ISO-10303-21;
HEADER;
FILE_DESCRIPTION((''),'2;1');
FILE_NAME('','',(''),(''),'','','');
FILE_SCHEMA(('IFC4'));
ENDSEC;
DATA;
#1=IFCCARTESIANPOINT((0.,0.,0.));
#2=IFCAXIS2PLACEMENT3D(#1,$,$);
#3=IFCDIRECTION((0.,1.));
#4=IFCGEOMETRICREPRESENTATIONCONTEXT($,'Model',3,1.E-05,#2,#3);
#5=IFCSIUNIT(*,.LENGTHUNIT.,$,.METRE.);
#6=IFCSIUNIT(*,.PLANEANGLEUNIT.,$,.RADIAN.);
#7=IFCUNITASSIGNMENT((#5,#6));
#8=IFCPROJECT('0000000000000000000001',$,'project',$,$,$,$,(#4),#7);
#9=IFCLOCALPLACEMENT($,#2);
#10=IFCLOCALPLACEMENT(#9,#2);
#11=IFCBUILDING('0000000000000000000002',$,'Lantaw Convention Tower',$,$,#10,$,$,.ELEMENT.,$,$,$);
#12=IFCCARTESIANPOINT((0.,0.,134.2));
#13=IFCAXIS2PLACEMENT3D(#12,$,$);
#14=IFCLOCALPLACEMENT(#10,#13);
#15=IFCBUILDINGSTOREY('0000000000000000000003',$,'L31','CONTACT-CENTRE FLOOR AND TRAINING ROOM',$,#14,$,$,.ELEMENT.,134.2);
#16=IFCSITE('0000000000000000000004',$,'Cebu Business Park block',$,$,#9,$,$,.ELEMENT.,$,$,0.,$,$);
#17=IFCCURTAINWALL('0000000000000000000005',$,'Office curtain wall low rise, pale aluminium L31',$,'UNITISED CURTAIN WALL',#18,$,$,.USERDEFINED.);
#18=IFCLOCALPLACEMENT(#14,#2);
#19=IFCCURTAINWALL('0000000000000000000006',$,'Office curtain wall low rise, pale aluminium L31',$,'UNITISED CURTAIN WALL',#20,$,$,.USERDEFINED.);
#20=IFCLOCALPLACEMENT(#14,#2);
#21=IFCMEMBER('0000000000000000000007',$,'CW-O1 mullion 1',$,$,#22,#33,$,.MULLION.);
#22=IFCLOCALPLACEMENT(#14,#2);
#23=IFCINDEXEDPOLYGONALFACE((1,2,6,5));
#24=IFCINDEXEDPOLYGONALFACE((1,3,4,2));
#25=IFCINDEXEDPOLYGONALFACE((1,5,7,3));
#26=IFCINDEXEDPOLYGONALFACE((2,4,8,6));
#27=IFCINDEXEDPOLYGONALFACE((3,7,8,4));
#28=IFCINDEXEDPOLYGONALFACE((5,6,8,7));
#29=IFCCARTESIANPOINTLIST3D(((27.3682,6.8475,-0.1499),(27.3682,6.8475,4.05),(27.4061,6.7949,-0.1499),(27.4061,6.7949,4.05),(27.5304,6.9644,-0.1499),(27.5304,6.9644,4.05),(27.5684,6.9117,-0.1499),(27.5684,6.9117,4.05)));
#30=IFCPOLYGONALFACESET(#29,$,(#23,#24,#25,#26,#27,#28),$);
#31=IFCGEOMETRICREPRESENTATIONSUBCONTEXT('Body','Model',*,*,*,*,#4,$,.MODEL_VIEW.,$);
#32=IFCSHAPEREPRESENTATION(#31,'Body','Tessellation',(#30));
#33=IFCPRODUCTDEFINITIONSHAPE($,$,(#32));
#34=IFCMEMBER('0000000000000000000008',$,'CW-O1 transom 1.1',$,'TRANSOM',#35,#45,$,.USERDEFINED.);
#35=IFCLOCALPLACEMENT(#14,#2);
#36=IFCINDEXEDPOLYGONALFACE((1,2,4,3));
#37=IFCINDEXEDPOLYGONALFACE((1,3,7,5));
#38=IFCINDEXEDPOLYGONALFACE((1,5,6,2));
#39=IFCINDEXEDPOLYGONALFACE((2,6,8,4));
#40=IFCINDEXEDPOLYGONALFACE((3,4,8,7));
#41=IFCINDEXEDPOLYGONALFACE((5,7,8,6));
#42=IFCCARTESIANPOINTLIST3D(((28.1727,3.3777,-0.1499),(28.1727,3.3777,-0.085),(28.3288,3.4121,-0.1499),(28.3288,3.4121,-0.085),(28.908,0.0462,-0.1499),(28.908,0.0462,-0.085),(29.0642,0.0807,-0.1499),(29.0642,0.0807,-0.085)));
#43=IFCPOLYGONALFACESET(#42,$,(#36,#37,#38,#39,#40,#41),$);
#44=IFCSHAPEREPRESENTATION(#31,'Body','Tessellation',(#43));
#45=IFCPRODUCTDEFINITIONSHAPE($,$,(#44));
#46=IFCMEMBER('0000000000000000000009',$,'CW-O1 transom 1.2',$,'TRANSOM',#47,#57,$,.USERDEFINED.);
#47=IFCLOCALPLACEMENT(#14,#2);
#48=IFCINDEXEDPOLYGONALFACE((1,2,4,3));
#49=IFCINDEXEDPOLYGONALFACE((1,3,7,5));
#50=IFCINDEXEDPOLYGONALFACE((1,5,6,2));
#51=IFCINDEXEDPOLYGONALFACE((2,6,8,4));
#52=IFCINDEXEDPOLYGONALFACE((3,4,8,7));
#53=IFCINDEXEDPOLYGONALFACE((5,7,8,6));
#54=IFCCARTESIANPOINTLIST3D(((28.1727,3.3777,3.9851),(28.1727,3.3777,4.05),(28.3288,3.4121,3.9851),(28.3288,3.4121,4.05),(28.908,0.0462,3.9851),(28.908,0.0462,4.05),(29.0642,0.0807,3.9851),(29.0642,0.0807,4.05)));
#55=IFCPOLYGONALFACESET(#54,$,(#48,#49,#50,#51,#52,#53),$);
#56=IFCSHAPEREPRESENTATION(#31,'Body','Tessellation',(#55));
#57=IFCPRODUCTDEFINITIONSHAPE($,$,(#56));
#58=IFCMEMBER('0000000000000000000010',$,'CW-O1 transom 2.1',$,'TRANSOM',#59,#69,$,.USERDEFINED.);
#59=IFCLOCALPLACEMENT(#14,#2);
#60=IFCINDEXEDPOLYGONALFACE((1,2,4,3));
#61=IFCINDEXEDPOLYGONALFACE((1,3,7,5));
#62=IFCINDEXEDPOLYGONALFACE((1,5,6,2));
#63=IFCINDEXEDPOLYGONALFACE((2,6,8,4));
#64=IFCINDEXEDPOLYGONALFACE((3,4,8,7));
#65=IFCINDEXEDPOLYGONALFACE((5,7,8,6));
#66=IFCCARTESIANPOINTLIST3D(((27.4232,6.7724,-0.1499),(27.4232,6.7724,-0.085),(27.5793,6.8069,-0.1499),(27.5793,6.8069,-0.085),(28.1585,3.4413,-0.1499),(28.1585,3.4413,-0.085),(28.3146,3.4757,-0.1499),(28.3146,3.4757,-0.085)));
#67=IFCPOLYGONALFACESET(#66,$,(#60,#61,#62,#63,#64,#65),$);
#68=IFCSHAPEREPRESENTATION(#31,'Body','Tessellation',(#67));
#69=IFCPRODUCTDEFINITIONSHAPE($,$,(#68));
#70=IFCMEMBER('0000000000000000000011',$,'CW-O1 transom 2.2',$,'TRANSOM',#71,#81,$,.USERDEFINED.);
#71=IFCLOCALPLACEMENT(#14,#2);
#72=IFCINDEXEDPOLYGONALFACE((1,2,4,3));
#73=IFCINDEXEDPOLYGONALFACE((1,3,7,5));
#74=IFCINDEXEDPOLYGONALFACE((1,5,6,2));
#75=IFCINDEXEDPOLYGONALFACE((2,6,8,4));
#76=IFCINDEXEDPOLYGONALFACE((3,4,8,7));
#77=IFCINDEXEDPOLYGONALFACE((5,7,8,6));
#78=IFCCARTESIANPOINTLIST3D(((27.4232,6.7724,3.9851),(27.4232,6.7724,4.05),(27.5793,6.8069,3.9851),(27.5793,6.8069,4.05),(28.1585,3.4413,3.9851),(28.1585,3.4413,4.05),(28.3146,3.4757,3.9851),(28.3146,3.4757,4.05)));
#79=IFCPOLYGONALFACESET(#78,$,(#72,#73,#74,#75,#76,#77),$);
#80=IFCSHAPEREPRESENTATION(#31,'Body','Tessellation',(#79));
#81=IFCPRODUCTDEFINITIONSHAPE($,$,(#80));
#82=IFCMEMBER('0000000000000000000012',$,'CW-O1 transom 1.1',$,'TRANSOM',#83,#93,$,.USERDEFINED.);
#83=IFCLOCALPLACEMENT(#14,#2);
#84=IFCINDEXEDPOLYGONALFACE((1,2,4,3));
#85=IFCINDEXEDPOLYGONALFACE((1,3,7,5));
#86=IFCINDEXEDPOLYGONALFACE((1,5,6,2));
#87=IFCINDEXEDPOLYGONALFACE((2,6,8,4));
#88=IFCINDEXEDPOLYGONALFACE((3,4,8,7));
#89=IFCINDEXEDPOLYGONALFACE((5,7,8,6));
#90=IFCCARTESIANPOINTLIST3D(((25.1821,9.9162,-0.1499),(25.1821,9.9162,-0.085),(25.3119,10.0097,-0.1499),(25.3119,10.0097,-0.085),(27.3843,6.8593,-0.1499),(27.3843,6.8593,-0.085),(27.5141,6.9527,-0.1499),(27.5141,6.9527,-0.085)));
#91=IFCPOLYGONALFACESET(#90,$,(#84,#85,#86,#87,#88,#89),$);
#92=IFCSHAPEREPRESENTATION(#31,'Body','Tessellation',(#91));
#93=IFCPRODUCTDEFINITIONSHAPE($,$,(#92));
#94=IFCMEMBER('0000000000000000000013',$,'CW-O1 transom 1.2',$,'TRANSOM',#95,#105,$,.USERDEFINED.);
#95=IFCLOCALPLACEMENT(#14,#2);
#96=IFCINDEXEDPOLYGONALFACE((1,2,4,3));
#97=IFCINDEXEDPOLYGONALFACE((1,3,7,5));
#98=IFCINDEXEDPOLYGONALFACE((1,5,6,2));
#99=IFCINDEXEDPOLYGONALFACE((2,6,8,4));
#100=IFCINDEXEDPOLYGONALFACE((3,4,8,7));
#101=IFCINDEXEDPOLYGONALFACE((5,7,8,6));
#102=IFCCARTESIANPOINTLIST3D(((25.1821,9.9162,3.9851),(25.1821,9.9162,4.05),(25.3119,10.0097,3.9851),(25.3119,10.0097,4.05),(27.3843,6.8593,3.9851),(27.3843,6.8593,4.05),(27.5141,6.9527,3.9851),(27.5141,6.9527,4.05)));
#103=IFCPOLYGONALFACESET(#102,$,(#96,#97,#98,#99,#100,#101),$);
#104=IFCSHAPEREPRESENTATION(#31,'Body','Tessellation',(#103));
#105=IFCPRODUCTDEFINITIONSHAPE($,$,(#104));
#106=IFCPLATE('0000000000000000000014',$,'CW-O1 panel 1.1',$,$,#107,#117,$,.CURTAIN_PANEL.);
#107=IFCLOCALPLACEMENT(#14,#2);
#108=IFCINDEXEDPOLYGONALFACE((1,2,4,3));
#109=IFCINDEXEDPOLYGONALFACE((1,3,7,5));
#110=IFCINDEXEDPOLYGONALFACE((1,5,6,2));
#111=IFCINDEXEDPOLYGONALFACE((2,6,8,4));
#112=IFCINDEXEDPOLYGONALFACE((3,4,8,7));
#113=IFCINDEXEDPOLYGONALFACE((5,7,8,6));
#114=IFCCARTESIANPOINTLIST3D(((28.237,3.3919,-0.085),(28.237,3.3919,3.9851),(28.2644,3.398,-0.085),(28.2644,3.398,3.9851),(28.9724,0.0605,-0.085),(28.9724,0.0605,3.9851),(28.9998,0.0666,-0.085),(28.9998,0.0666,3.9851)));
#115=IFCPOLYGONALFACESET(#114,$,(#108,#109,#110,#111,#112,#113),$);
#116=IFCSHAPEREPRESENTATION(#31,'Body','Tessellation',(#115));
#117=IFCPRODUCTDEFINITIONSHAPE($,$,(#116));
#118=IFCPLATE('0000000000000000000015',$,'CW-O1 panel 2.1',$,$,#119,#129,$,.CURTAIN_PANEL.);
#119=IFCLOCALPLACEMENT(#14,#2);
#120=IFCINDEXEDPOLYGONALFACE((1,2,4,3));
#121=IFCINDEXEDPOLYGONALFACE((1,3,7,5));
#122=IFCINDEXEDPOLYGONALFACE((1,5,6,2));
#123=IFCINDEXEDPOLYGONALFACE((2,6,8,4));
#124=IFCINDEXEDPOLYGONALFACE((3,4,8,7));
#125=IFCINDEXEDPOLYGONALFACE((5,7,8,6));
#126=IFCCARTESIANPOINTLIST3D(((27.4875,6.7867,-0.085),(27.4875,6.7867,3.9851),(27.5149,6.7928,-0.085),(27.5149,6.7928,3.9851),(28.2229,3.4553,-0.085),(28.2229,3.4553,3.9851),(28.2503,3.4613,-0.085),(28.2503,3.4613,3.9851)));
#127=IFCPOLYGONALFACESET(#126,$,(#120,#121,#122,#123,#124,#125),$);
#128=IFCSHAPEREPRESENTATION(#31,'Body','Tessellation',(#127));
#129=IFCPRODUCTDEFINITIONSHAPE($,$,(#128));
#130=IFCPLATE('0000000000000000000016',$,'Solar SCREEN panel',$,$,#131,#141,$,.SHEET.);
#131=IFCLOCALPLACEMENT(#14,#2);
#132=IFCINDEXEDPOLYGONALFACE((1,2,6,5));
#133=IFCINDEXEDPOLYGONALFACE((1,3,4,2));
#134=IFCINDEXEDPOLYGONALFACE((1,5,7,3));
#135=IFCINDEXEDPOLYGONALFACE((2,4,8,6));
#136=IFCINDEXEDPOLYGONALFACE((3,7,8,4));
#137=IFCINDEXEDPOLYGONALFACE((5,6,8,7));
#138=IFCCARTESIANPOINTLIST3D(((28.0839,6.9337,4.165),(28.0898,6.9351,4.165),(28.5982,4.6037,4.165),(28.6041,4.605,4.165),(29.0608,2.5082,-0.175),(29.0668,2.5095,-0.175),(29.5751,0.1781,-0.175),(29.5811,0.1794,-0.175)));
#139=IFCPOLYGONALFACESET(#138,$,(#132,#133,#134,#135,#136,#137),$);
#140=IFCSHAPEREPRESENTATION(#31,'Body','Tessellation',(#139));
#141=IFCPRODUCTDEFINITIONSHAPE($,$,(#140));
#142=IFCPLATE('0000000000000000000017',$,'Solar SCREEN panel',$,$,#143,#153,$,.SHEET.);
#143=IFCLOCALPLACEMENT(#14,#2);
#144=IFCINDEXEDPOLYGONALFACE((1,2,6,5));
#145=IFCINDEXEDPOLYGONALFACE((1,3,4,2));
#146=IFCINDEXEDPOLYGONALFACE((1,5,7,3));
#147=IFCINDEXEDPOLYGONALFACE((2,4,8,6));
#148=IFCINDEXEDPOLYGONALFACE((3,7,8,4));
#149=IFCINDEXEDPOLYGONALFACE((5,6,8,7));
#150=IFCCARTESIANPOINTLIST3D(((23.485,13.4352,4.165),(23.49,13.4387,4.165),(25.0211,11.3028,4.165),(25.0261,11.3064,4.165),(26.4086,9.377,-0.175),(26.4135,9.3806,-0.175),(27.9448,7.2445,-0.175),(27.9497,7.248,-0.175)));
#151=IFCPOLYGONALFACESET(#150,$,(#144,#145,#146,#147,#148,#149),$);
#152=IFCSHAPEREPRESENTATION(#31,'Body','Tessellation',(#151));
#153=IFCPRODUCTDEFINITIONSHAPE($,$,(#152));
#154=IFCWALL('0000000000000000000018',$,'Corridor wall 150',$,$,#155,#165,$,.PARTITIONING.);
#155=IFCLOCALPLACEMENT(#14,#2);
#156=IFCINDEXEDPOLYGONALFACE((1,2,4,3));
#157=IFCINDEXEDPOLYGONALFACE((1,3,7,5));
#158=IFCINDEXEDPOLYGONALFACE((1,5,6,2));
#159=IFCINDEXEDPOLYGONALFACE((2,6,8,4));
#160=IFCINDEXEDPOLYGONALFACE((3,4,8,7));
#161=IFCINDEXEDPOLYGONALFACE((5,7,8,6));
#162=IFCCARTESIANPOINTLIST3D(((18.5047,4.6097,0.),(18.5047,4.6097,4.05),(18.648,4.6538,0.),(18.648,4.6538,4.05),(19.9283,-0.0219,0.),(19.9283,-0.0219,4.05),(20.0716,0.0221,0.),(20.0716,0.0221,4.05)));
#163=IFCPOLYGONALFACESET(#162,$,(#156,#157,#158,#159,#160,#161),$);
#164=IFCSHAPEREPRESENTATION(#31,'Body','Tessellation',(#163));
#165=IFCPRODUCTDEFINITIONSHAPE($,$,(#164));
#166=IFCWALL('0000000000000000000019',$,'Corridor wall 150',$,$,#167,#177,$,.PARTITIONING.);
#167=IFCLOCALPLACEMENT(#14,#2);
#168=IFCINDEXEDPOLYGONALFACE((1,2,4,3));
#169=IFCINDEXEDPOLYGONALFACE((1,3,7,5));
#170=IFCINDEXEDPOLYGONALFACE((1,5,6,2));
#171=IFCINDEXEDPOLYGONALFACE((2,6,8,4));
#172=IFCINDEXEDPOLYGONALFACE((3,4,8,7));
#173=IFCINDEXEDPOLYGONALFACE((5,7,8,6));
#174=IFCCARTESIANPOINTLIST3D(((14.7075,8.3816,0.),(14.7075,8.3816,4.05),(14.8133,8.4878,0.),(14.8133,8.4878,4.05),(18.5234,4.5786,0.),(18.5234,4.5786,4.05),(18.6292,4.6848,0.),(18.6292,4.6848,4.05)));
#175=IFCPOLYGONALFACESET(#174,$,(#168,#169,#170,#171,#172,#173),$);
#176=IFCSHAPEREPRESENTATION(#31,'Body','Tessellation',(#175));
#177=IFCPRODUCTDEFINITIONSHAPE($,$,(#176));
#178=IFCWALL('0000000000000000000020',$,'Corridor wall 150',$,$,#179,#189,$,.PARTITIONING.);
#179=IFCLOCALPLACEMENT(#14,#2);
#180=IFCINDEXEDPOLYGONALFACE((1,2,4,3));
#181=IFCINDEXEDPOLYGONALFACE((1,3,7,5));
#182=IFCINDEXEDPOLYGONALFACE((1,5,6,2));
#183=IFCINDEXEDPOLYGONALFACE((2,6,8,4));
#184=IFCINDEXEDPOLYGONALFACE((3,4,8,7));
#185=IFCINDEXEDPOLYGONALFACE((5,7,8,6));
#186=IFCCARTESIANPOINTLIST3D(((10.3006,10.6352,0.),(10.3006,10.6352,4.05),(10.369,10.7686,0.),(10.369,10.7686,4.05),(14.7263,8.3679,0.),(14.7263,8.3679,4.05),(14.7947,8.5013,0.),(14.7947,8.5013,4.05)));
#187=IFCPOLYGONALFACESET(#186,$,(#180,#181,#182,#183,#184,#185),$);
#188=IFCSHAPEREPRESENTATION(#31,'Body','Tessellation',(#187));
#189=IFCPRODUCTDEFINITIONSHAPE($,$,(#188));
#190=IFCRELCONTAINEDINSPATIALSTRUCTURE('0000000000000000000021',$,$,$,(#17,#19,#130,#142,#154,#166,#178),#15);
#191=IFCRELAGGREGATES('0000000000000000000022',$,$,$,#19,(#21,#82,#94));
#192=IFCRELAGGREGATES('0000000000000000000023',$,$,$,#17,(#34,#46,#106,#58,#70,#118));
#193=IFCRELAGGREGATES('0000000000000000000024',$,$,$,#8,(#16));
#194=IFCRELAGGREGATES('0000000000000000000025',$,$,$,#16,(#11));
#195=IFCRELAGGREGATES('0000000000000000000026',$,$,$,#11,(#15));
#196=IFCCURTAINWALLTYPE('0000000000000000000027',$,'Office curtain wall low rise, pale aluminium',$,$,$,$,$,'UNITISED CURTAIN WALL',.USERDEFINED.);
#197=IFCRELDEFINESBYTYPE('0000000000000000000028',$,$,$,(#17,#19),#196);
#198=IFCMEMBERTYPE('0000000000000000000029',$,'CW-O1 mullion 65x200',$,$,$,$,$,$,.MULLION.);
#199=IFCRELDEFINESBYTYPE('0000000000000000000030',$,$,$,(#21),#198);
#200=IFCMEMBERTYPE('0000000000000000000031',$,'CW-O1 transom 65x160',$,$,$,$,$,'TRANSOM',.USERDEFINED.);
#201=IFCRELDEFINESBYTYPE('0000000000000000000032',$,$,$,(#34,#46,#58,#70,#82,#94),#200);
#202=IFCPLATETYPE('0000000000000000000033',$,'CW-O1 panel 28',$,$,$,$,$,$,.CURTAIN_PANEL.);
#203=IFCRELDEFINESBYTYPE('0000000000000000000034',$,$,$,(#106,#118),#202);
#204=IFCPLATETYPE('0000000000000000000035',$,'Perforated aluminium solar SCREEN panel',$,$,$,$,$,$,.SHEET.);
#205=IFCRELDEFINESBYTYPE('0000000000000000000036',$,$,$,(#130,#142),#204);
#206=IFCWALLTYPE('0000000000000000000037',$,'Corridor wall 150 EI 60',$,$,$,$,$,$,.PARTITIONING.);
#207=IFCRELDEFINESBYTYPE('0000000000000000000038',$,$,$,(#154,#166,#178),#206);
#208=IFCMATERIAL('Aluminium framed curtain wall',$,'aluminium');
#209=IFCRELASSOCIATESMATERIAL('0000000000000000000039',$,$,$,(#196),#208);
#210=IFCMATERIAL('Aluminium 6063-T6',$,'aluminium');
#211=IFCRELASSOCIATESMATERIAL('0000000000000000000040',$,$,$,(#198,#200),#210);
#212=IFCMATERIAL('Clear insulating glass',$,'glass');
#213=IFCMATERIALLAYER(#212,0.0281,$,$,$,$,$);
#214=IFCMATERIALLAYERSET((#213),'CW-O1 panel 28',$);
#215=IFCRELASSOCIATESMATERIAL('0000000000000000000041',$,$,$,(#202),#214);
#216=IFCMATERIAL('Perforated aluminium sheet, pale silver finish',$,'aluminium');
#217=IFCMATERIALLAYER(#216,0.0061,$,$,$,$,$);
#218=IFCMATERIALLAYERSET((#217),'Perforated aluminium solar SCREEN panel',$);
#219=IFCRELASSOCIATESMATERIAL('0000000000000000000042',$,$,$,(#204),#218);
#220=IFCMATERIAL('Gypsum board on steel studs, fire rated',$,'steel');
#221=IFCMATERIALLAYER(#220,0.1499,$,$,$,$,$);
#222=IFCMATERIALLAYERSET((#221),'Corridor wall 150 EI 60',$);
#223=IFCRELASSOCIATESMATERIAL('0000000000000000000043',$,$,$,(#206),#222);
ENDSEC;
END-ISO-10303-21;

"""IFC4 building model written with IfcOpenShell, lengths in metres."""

from ifc_helpers import new_model, si_unit, direction, frame, frame_2d, origin, origin_2d, place, context, subcontext, project, spatial, polyline, rectangle, outline, extrude, material, layer, layer_set, material_profile, profile_set, type_object, element, aggregate, save


model = new_model("IFC4")

# Units and contexts
model_context = context("Model", 3, precision=1e-05, world=origin(), true_north=direction((0.0, 1.0)))
body_context = subcontext(model_context, "Body", "Model", "MODEL_VIEW")
ifc_project = project(units=[si_unit("LENGTHUNIT", "METRE"), si_unit("PLANEANGLEUNIT", "RADIAN")], contexts=[model_context])

# Site, building, storey
site_placement = place(None, origin())
site = spatial("IfcSite", under=ifc_project, at=site_placement, Name="Cebu Business Park block", CompositionType="ELEMENT", RefElevation=0.0)
building_placement = place(site_placement, origin())
building = spatial("IfcBuilding", under=site, at=building_placement, Name="Lantaw Convention Tower", CompositionType="ELEMENT")
storey_placement = place(building_placement, frame((0.0, 0.0, 134.2)))
storey = spatial("IfcBuildingStorey", under=building, at=storey_placement, Name="L31", Description="CONTACT-CENTRE FLOOR AND TRAINING ROOM", CompositionType="ELEMENT", Elevation=134.2)

# Curtain wall
ifc_material_1 = material(Name="Aluminium framed curtain wall", Category="aluminium")
curtain_wall_type = type_object("IfcCurtainWallType", Name="Office curtain wall low rise, pale aluminium", ElementType="UNITISED CURTAIN WALL", PredefinedType="USERDEFINED", material=ifc_material_1)
curtain_wall_1_placement = place(storey_placement, origin())
curtain_wall_1 = element("IfcCurtainWall", 1, at=curtain_wall_1_placement, inside=storey, type_object=curtain_wall_type, Name="Office curtain wall low rise, pale aluminium L31", ObjectType="UNITISED CURTAIN WALL", PredefinedType="USERDEFINED")
ifc_material_2 = material(Name="Aluminium 6063-T6", Category="aluminium")
ifc_material_profile_1 = material_profile(ifc_material_2, rectangle(XDim=0.2, YDim=0.0649, at=origin_2d()), Name="CW-O1 mullion 65x200")
ifc_profile_set_1 = profile_set([ifc_material_profile_1], Name="Aluminium 6063-T6")
member_type_1 = type_object("IfcMemberType", Name="CW-O1 mullion 65x200", PredefinedType="MULLION", material=ifc_profile_set_1)

# Curtain wall, member
curtain_wall_2_placement = place(storey_placement, origin())
curtain_wall_2 = element("IfcCurtainWall", 2, at=curtain_wall_2_placement, inside=storey, type_object=curtain_wall_type, Name="Office curtain wall low rise, pale aluminium L31", ObjectType="UNITISED CURTAIN WALL", PredefinedType="USERDEFINED")
member_1_placement = place(storey_placement, frame((27.4683, 6.8796, -0.1499), z_axis=(0.0, 0.0, 1.0), x_axis=(-0.811385, -0.584513, 0.0)))
member_1 = element("IfcMember", 3, at=member_1_placement, type_object=member_type_1, Name="CW-O1 mullion 1", PredefinedType="MULLION", context=body_context, shape_type="SweptSolid", body=[
    extrude(rectangle(XDim=0.2, YDim=0.0649, at=origin_2d()), origin(), (0.0, 0.0, 1.0), 4.2),
])

# Members
ifc_material_profile_2 = material_profile(ifc_material_2, rectangle(XDim=0.1599, YDim=0.0649, at=origin_2d()), Name="CW-O1 transom 65x160")
ifc_profile_set_2 = profile_set([ifc_material_profile_2], Name="Aluminium 6063-T6")
member_type_2 = type_object("IfcMemberType", Name="CW-O1 transom 65x160", ElementType="TRANSOM", PredefinedType="USERDEFINED", material=ifc_profile_set_2)
member_2_placement = place(storey_placement, frame((28.9861, 0.0635, -0.1174), z_axis=(-0.215536, 0.976496, 0.0), x_axis=(-0.976496, -0.215536, 0.0)))
member_2 = element("IfcMember", 4, at=member_2_placement, type_object=member_type_2, Name="CW-O1 transom 1.1", ObjectType="TRANSOM", PredefinedType="USERDEFINED", context=body_context, shape_type="SweptSolid", body=[
    extrude(rectangle(XDim=0.1599, YDim=0.0649, at=origin_2d()), origin(), (0.0, 0.0, 1.0), 3.4116),
])
member_3_placement = place(storey_placement, frame((28.9861, 0.0635, 4.0176), z_axis=(-0.215536, 0.976496, 0.0), x_axis=(-0.976496, -0.215536, 0.0)))
member_3 = element("IfcMember", 5, at=member_3_placement, type_object=member_type_2, Name="CW-O1 transom 1.2", ObjectType="TRANSOM", PredefinedType="USERDEFINED", context=body_context, shape_type="SweptSolid", body=[
    extrude(rectangle(XDim=0.1599, YDim=0.0649, at=origin_2d()), origin(), (0.0, 0.0, 1.0), 3.4116),
])
member_4_placement = place(storey_placement, frame((28.2366, 3.4585, -0.1174), z_axis=(-0.215551, 0.976493, 0.0), x_axis=(-0.976493, -0.215551, 0.0)))
member_4 = element("IfcMember", 6, at=member_4_placement, type_object=member_type_2, Name="CW-O1 transom 2.1", ObjectType="TRANSOM", PredefinedType="USERDEFINED", context=body_context, shape_type="SweptSolid", body=[
    extrude(rectangle(XDim=0.1599, YDim=0.0649, at=origin_2d()), origin(), (0.0, 0.0, 1.0), 3.4114),
])
member_5_placement = place(storey_placement, frame((28.2366, 3.4585, 4.0176), z_axis=(-0.215551, 0.976493, 0.0), x_axis=(-0.976493, -0.215551, 0.0)))
member_5 = element("IfcMember", 7, at=member_5_placement, type_object=member_type_2, Name="CW-O1 transom 2.2", ObjectType="TRANSOM", PredefinedType="USERDEFINED", context=body_context, shape_type="SweptSolid", body=[
    extrude(rectangle(XDim=0.1599, YDim=0.0649, at=origin_2d()), origin(), (0.0, 0.0, 1.0), 3.4114),
])
member_6_placement = place(storey_placement, frame((27.4492, 6.906, -0.1174), z_axis=(-0.584513, 0.811384, 0.0), x_axis=(-0.811384, -0.584513, 0.0)))
member_6 = element("IfcMember", 8, at=member_6_placement, type_object=member_type_2, Name="CW-O1 transom 1.1", ObjectType="TRANSOM", PredefinedType="USERDEFINED", context=body_context, shape_type="SweptSolid", body=[
    extrude(rectangle(XDim=0.1599, YDim=0.0649, at=origin_2d()), origin(), (0.0, 0.0, 1.0), 3.7676),
])
member_7_placement = place(storey_placement, frame((27.4492, 6.906, 4.0176), z_axis=(-0.584513, 0.811384, 0.0), x_axis=(-0.811384, -0.584513, 0.0)))
member_7 = element("IfcMember", 9, at=member_7_placement, type_object=member_type_2, Name="CW-O1 transom 1.2", ObjectType="TRANSOM", PredefinedType="USERDEFINED", context=body_context, shape_type="SweptSolid", body=[
    extrude(rectangle(XDim=0.1599, YDim=0.0649, at=origin_2d()), origin(), (0.0, 0.0, 1.0), 3.7676),
])
aggregate(curtain_wall_2, [member_1, member_6, member_7])

# Plates
ifc_material_3 = material(Name="Clear insulating glass", Category="glass")
ifc_layer_1 = layer(ifc_material_3, 0.0281)
ifc_layer_set_1 = layer_set([ifc_layer_1], Name="CW-O1 panel 28")
plate_type_1 = type_object("IfcPlateType", Name="CW-O1 panel 28", PredefinedType="CURTAIN_PANEL", material=ifc_layer_set_1)
plate_1_placement = place(storey_placement, frame((28.6184, 1.7292, -0.085), z_axis=(0.0, 0.0, 1.0), x_axis=(-0.215546, 0.976494, 0.0)))
plate_1 = element("IfcPlate", 10, at=plate_1_placement, type_object=plate_type_1, Name="CW-O1 panel 1.1", PredefinedType="CURTAIN_PANEL", context=body_context, shape_type="SweptSolid", body=[
    extrude(rectangle(XDim=3.4116, YDim=0.0281, at=origin_2d()), origin(), (0.0, 0.0, 1.0), 4.0701),
])
plate_2_placement = place(storey_placement, frame((27.8689, 5.124, -0.085), z_axis=(0.0, 0.0, 1.0), x_axis=(-0.215546, 0.976494, 0.0)))
plate_2 = element("IfcPlate", 11, at=plate_2_placement, type_object=plate_type_1, Name="CW-O1 panel 2.1", PredefinedType="CURTAIN_PANEL", context=body_context, shape_type="SweptSolid", body=[
    extrude(rectangle(XDim=3.4116, YDim=0.0281, at=origin_2d()), origin(), (0.0, 0.0, 1.0), 4.0701),
])
aggregate(curtain_wall_1, [member_2, member_3, plate_1, member_4, member_5, plate_2])

# Plates
ifc_material_4 = material(Name="Perforated aluminium sheet, pale silver finish", Category="aluminium")
ifc_layer_2 = layer(ifc_material_4, 0.0061)
ifc_layer_set_2 = layer_set([ifc_layer_2], Name="Perforated aluminium solar SCREEN panel")
plate_type_2 = type_object("IfcPlateType", Name="Perforated aluminium solar SCREEN panel", PredefinedType="SHEET", material=ifc_layer_set_2)
plate_3_placement = place(storey_placement, frame((29.5811, 0.1794, -0.175), z_axis=(0.976498, 0.215527, 0.000033), x_axis=(-0.215527, 0.976498, 0.0)))
element("IfcPlate", 12, at=plate_3_placement, inside=storey, type_object=plate_type_2, Name="Solar SCREEN panel", PredefinedType="SHEET", context=body_context, shape_type="SweptSolid", body=[
    extrude(outline(polyline([(0.0, 0.0), (2.3862, 0.0), (6.9182, 4.3401), (4.5321, 4.3401), (0.0, 0.0)])), origin(), (0.0, 0.0, -1.0), 0.0061),
])
plate_4_placement = place(storey_placement, frame((27.9497, 7.248, -0.175), z_axis=(0.811395, 0.584498, 0.000036), x_axis=(-0.584498, 0.811395, 0.0)))
element("IfcPlate", 13, at=plate_4_placement, inside=storey, type_object=plate_type_2, Name="Solar SCREEN panel", PredefinedType="SHEET", context=body_context, shape_type="SweptSolid", body=[
    extrude(outline(polyline([(0.0, 0.0), (2.6282, 0.0), (7.6298, 4.3401), (5.0018, 4.3401), (0.0, 0.0)])), origin(), (0.0, 0.0, -1.0), 0.0061),
])

# Walls
ifc_material_5 = material(Name="Gypsum board on steel studs, fire rated", Category="steel")
ifc_layer_3 = layer(ifc_material_5, 0.1499)
ifc_layer_set_3 = layer_set([ifc_layer_3], Name="Corridor wall 150 EI 60")
wall_type_1 = type_object("IfcWallType", Name="Corridor wall 150 EI 60", PredefinedType="PARTITIONING", material=ifc_layer_set_3)
wall_1_placement = place(storey_placement, frame((20.0, 0.0, 0.0), z_axis=(0.0, 0.0, 1.0), x_axis=(-0.293799, 0.955867, 0.0)))
element("IfcWall", 14, at=wall_1_placement, inside=storey, type_object=wall_type_1, Name="Corridor wall 150", PredefinedType="PARTITIONING", context=body_context, shape_type="SweptSolid", body=[
    extrude(rectangle(XDim=4.8455, YDim=0.1499, at=frame_2d((2.4229, 0.0))), origin(), (0.0, 0.0, 1.0), 4.05),
])
wall_2_placement = place(storey_placement, frame((18.5764, 4.6316, 0.0), z_axis=(0.0, 0.0, 1.0), x_axis=(-0.708307, 0.705905, 0.0)))
element("IfcWall", 15, at=wall_2_placement, inside=storey, type_object=wall_type_1, Name="Corridor wall 150", PredefinedType="PARTITIONING", context=body_context, shape_type="SweptSolid", body=[
    extrude(rectangle(XDim=5.3875, YDim=0.1499, at=frame_2d((2.6938, 0.0))), origin(), (0.0, 0.0, 1.0), 4.05),
])
wall_3_placement = place(storey_placement, frame((14.7605, 8.4346, 0.0), z_axis=(0.0, 0.0, 1.0), x_axis=(-0.890005, 0.455951, 0.0)))
element("IfcWall", 16, at=wall_3_placement, inside=storey, type_object=wall_type_1, Name="Corridor wall 150", PredefinedType="PARTITIONING", context=body_context, shape_type="SweptSolid", body=[
    extrude(rectangle(XDim=4.9727, YDim=0.1499, at=frame_2d((2.4863, 0.0))), origin(), (0.0, 0.0, 1.0), 4.05),
])

save(model, "model.ifc")
